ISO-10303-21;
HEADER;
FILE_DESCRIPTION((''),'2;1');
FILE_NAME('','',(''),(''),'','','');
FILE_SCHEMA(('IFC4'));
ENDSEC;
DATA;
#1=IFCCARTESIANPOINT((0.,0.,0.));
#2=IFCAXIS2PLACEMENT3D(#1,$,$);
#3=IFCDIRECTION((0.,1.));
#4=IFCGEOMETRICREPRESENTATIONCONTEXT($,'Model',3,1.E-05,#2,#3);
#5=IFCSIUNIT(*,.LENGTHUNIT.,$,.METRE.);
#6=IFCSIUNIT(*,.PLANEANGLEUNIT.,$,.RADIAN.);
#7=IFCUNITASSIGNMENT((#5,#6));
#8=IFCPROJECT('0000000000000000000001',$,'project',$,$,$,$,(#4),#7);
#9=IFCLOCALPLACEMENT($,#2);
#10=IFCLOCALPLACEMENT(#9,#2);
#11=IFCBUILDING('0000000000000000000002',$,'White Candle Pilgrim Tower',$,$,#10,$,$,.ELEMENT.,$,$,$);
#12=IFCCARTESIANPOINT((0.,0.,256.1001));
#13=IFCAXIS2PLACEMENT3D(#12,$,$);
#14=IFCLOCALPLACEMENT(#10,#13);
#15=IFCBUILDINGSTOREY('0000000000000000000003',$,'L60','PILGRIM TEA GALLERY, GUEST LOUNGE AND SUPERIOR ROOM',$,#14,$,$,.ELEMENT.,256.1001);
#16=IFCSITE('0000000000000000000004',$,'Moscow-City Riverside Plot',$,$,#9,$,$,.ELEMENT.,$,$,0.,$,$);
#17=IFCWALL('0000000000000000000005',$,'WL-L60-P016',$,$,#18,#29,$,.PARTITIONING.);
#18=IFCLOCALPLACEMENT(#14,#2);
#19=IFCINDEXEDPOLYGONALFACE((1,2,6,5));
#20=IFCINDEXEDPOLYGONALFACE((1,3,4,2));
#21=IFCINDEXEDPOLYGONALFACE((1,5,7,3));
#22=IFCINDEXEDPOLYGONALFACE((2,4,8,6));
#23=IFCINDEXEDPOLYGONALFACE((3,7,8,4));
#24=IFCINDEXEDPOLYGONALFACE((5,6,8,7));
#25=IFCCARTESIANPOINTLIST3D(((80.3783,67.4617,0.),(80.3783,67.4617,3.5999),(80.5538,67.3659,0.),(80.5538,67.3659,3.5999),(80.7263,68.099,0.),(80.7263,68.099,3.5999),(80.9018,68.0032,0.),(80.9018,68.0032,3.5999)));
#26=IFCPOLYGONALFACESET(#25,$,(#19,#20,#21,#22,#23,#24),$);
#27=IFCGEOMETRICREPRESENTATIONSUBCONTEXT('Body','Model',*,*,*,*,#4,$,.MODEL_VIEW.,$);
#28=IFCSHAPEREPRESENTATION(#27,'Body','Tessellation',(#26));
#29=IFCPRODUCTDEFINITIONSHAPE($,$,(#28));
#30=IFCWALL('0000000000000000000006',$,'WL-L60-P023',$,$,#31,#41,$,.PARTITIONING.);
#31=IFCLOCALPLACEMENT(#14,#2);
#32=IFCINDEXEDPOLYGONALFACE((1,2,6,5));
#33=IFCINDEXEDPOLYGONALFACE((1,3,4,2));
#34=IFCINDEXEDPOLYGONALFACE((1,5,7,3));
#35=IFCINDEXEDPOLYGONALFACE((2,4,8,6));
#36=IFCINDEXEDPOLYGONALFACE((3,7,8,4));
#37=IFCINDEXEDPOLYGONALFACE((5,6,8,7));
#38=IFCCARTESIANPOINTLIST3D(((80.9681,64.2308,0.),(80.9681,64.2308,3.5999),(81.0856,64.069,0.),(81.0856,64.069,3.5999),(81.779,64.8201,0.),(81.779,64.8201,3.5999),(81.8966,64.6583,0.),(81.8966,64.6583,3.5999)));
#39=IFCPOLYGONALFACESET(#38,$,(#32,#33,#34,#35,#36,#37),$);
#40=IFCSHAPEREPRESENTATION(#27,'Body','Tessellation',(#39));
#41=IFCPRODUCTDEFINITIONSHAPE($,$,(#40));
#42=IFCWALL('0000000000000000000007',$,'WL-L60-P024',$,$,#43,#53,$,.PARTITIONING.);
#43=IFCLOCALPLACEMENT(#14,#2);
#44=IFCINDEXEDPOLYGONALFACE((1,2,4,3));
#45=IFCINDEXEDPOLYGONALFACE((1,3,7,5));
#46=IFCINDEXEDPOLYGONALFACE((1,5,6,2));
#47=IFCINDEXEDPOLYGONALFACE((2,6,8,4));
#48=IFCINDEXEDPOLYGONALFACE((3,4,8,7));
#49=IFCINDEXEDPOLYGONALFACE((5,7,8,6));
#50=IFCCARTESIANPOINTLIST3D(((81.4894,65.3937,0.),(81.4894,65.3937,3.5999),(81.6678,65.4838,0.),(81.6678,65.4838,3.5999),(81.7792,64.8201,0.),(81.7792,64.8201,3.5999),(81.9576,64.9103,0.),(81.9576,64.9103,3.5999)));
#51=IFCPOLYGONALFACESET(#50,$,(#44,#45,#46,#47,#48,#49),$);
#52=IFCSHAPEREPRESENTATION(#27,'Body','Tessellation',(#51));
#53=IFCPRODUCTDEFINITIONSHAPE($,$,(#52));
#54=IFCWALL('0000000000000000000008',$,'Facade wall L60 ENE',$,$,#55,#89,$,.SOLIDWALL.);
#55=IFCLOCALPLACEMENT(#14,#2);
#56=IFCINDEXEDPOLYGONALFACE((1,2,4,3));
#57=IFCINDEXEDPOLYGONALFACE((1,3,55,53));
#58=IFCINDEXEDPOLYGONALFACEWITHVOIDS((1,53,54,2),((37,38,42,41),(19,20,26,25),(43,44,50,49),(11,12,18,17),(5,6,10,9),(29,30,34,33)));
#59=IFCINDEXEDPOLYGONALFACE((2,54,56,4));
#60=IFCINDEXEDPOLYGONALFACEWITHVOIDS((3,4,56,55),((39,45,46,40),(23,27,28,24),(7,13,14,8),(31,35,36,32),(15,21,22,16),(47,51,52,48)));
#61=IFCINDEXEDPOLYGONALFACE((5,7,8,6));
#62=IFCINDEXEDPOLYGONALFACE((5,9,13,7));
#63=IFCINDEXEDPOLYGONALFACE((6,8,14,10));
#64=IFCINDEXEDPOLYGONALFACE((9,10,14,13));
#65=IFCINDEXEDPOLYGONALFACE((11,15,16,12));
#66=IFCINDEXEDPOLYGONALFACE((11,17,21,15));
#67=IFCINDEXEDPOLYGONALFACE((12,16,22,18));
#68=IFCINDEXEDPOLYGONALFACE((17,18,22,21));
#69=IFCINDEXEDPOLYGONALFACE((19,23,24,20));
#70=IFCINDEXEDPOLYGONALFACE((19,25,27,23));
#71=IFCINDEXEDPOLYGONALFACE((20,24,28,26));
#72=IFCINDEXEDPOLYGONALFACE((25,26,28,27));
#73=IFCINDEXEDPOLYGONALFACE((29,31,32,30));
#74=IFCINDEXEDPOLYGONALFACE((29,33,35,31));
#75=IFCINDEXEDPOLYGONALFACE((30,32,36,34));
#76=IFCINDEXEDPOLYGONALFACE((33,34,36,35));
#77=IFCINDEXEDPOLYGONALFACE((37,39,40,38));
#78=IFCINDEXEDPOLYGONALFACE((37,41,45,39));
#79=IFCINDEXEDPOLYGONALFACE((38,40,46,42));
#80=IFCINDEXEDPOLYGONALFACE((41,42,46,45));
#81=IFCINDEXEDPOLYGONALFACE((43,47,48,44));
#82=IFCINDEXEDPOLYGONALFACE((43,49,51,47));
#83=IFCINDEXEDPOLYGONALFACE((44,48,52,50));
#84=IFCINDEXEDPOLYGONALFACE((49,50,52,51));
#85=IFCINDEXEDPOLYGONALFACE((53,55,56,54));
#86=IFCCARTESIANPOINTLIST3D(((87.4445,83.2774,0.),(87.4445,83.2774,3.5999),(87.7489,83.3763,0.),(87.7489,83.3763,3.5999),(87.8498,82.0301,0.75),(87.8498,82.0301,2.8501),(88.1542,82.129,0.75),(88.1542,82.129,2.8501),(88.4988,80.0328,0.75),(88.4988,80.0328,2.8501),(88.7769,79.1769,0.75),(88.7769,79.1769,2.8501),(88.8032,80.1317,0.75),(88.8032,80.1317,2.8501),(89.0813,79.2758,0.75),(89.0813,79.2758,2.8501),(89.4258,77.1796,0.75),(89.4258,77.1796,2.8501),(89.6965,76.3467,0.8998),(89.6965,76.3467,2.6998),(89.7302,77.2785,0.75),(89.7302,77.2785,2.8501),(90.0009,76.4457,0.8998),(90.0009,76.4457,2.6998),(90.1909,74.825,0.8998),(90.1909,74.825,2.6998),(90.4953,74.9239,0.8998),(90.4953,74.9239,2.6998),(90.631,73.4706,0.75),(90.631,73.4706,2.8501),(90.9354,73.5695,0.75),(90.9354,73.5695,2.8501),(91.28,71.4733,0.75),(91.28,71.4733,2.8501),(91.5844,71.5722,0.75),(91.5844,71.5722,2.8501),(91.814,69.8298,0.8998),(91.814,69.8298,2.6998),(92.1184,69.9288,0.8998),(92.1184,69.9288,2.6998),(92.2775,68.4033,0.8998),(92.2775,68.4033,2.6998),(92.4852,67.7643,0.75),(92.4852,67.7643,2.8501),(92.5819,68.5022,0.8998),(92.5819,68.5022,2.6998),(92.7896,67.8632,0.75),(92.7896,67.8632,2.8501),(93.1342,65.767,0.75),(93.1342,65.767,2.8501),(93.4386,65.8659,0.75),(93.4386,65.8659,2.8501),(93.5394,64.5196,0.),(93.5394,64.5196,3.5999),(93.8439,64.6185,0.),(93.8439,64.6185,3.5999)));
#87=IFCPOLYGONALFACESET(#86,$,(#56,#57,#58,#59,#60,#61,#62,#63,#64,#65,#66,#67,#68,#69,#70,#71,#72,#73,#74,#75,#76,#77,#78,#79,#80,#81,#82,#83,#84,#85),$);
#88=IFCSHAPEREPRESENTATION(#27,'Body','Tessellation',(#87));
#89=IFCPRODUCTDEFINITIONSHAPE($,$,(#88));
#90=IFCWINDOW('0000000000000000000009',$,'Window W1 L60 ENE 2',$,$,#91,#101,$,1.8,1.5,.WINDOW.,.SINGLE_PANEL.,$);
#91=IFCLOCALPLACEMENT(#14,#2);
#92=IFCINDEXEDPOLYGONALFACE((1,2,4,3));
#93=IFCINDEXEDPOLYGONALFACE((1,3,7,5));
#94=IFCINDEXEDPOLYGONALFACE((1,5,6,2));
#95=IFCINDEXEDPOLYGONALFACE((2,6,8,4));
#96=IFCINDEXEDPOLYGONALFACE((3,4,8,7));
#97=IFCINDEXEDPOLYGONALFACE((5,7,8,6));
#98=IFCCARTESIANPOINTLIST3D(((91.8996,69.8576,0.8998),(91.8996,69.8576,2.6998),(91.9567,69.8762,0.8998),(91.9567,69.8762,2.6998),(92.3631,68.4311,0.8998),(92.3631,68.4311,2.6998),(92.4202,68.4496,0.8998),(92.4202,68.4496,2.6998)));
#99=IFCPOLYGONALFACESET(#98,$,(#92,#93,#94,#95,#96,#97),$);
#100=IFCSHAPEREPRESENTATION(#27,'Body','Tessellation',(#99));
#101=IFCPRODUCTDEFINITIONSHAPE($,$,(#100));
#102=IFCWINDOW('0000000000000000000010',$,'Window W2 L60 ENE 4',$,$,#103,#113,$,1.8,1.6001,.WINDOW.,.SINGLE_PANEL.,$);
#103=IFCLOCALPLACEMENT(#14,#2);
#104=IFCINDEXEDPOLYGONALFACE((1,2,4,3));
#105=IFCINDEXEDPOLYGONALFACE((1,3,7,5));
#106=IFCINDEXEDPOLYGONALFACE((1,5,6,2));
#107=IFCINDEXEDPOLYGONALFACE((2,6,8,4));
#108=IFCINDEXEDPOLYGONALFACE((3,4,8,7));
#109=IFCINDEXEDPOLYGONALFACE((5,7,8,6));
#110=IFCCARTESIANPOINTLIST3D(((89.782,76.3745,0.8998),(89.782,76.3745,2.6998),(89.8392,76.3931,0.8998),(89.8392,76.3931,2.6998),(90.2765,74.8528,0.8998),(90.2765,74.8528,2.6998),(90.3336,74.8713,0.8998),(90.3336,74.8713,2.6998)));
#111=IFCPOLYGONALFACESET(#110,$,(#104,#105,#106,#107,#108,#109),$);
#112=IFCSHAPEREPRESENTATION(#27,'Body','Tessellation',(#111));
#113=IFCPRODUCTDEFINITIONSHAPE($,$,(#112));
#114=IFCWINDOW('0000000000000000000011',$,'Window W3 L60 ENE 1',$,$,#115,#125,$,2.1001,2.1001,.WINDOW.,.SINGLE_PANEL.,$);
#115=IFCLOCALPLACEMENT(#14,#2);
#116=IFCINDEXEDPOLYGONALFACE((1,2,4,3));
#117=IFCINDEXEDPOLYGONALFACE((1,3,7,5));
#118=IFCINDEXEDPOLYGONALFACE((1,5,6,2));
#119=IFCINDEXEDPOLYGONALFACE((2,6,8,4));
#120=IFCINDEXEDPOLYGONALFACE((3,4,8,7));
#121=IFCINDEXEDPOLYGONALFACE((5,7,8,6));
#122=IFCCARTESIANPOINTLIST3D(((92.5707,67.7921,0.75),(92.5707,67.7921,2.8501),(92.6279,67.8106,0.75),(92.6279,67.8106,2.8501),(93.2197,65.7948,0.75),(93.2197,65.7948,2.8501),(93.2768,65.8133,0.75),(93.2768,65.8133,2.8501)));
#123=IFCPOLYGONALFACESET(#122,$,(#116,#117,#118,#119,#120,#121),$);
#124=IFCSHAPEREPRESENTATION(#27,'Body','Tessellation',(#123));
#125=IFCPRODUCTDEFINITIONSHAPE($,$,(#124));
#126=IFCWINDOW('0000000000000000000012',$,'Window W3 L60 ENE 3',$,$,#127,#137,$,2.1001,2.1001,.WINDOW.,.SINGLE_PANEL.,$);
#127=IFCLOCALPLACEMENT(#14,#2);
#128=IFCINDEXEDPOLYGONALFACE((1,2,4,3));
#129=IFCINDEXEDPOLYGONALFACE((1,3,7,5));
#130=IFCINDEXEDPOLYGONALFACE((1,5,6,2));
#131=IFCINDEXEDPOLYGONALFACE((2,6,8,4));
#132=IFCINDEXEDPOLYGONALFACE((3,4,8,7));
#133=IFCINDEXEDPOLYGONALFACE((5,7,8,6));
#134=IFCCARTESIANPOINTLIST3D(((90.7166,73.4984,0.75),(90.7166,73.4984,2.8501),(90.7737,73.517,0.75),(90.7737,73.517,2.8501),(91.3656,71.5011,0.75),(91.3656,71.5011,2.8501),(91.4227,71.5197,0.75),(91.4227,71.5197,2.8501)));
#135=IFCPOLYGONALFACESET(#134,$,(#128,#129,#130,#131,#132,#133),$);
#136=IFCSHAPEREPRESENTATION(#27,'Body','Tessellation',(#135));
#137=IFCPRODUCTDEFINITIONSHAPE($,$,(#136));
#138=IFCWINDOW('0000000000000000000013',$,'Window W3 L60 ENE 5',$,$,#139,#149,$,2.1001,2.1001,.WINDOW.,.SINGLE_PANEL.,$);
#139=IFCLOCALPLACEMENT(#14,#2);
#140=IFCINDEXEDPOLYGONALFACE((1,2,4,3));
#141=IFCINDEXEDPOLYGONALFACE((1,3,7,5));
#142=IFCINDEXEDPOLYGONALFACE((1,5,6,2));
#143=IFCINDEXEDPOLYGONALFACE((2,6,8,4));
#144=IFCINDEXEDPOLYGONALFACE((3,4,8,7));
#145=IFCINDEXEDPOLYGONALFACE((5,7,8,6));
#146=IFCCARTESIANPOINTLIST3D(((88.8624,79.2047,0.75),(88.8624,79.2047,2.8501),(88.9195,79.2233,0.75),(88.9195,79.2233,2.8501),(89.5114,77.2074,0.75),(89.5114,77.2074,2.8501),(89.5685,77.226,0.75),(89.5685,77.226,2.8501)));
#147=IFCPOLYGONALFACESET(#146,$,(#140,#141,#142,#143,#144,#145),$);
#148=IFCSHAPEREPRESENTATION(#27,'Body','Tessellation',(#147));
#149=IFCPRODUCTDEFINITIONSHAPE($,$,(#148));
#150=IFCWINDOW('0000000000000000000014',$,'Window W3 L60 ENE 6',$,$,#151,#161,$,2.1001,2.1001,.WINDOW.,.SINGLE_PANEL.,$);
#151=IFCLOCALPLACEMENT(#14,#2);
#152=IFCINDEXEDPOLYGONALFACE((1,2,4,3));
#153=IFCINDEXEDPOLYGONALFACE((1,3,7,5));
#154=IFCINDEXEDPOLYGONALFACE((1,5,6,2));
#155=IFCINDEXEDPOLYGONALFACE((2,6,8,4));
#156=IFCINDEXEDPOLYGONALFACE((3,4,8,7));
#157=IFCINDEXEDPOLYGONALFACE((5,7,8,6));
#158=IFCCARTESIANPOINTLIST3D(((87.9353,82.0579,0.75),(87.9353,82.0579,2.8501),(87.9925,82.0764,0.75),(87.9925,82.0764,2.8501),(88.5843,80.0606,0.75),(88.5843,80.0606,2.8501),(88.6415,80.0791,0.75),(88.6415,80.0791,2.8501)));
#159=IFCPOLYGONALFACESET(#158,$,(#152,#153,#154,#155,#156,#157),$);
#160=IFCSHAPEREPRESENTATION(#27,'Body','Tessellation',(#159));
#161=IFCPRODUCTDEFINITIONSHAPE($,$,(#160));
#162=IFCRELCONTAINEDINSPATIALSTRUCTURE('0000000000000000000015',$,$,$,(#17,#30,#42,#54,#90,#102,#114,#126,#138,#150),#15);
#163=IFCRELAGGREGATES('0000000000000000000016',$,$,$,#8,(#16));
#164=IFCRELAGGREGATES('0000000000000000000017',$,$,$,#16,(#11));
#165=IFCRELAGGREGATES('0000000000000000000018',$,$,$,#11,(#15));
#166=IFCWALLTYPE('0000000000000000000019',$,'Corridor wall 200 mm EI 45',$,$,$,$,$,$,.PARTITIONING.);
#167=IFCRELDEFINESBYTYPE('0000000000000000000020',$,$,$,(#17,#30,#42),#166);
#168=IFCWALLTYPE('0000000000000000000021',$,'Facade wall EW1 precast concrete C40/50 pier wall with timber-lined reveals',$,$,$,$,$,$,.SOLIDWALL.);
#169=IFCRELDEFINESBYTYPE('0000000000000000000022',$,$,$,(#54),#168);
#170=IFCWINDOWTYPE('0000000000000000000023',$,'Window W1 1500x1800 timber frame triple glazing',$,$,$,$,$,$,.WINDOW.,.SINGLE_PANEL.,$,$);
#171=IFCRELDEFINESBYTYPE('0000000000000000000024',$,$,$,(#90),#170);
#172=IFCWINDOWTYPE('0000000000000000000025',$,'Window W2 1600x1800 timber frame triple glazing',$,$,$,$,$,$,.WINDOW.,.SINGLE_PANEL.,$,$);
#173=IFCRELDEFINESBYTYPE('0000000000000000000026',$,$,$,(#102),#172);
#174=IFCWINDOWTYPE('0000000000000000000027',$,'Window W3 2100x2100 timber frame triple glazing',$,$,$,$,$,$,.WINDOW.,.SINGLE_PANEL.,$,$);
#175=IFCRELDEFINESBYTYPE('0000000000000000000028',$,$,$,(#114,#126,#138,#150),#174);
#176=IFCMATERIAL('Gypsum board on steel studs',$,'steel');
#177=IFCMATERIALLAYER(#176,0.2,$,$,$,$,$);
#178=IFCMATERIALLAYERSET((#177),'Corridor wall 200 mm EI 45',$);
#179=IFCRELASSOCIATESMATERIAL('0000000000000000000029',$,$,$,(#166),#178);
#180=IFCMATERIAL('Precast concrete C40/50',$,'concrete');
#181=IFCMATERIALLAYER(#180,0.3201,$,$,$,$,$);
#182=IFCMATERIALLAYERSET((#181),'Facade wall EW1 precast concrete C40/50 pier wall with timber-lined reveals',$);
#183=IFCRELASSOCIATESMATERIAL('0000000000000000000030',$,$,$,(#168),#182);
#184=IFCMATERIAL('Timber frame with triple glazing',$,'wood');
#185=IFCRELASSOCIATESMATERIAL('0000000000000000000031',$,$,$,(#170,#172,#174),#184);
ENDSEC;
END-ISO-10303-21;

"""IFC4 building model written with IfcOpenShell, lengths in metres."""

from ifc_helpers import new_model, si_unit, direction, frame, frame_2d, origin, place, context, subcontext, project, spatial, rectangle, extrude, material, layer, layer_set, type_object, element, fill, save


model = new_model("IFC4")

# Units and contexts
model_context = context("Model", 3, precision=1e-05, world=origin(), true_north=direction((0.0, 1.0)))
body_context = subcontext(model_context, "Body", "Model", "MODEL_VIEW")
ifc_project = project(units=[si_unit("LENGTHUNIT", "METRE"), si_unit("PLANEANGLEUNIT", "RADIAN")], contexts=[model_context])

# Site, building, storey
site_placement = place(None, origin())
site = spatial("IfcSite", under=ifc_project, at=site_placement, Name="Moscow-City Riverside Plot", CompositionType="ELEMENT", RefElevation=0.0)
building_placement = place(site_placement, origin())
building = spatial("IfcBuilding", under=site, at=building_placement, Name="White Candle Pilgrim Tower", CompositionType="ELEMENT")
storey_placement = place(building_placement, frame((0.0, 0.0, 256.1001)))
storey = spatial("IfcBuildingStorey", under=building, at=storey_placement, Name="L60", Description="PILGRIM TEA GALLERY, GUEST LOUNGE AND SUPERIOR ROOM", CompositionType="ELEMENT", Elevation=256.1001)

# Shared definitions
ifc_material_1 = material(Name="Gypsum board on steel studs", Category="steel")
ifc_layer_1 = layer(ifc_material_1, 0.2)
ifc_layer_set_1 = layer_set([ifc_layer_1], Name="Corridor wall 200 mm EI 45")
wall_type_1 = type_object("IfcWallType", Name="Corridor wall 200 mm EI 45", PredefinedType="PARTITIONING", material=ifc_layer_set_1)

# Walls
wall_1_placement = place(storey_placement, frame((80.4661, 67.4138, 0.0), z_axis=(0.0, 0.0, 1.0), x_axis=(0.479206, 0.877703, 0.0)))
element("IfcWall", 1, at=wall_1_placement, inside=storey, type_object=wall_type_1, Name="WL-L60-P016", PredefinedType="PARTITIONING", context=body_context, shape_type="SweptSolid", body=[
    extrude(rectangle(XDim=0.7261, YDim=0.2, at=frame_2d((0.363, 0.0))), origin(), (0.0, 0.0, 1.0), 3.5999),
])
wall_2_placement = place(storey_placement, frame((81.0269, 64.1499, 0.0), z_axis=(0.0, 0.0, 1.0), x_axis=(0.808968, 0.587853, 0.0)))
element("IfcWall", 2, at=wall_2_placement, inside=storey, type_object=wall_type_1, Name="WL-L60-P023", PredefinedType="PARTITIONING", context=body_context, shape_type="SweptSolid", body=[
    extrude(rectangle(XDim=1.0024, YDim=0.2, at=frame_2d((0.5012, 0.0))), origin(), (0.0, 0.0, 1.0), 3.5999),
])
wall_3_placement = place(storey_placement, frame((81.8684, 64.8652, 0.0), z_axis=(0.0, 0.0, 1.0), x_axis=(-0.451009, 0.892519, 0.0)))
element("IfcWall", 3, at=wall_3_placement, inside=storey, type_object=wall_type_1, Name="WL-L60-P024", PredefinedType="PARTITIONING", context=body_context, shape_type="SweptSolid", body=[
    extrude(rectangle(XDim=0.6426, YDim=0.2, at=frame_2d((0.3213, 0.0))), origin(), (0.0, 0.0, 1.0), 3.5999),
])

# Wall, openings, windows
ifc_material_2 = material(Name="Precast concrete C40/50", Category="concrete")
ifc_layer_2 = layer(ifc_material_2, 0.3201)
ifc_layer_set_2 = layer_set([ifc_layer_2], Name="Facade wall EW1 precast concrete C40/50 pier wall with timber-lined reveals")
wall_type_2 = type_object("IfcWallType", Name="Facade wall EW1 precast concrete C40/50 pier wall with timber-lined reveals", PredefinedType="SOLIDWALL", material=ifc_layer_set_2)
wall_4_placement = place(storey_placement, frame((93.6917, 64.5691, 0.0), z_axis=(0.0, 0.0, 1.0), x_axis=(-0.309026, 0.951054, 0.0)))
wall_4 = element("IfcWall", 4, at=wall_4_placement, inside=storey, type_object=wall_type_2, Name="Facade wall L60 ENE", PredefinedType="SOLIDWALL", context=body_context, shape_type="SweptSolid", body=[
    extrude(rectangle(XDim=19.7231, YDim=0.3201, at=frame_2d((9.8616, 0.0))), origin(), (0.0, 0.0, 1.0), 3.5999),
])
opening_1_placement = place(wall_4_placement, frame((1.3115, 0.0, 0.75)))
opening_1 = element("IfcOpeningElement", 5, at=opening_1_placement, cuts=wall_4, PredefinedType="OPENING", context=body_context, shape_type="SweptSolid", body=[
    extrude(rectangle(XDim=2.1001, YDim=2.1001, at=frame_2d((1.05, 1.05))), frame((0.0, 0.1699, 0.0), z_axis=(0.0, -1.0, 0.0), x_axis=(1.0, 0.0, 0.0)), (0.0, 0.0, 1.0), 0.3401),
])
opening_2_placement = place(wall_4_placement, frame((4.0835, 0.0, 0.8999)))
opening_2 = element("IfcOpeningElement", 6, at=opening_2_placement, cuts=wall_4, PredefinedType="OPENING", context=body_context, shape_type="SweptSolid", body=[
    extrude(rectangle(XDim=1.5, YDim=1.8, at=frame_2d((0.75, 0.8999))), frame((0.0, 0.1699, 0.0), z_axis=(0.0, -1.0, 0.0), x_axis=(1.0, 0.0, 0.0)), (0.0, 0.0, 1.0), 0.3401),
])
opening_3_placement = place(wall_4_placement, frame((7.3115, 0.0, 0.75)))
opening_3 = element("IfcOpeningElement", 7, at=opening_3_placement, cuts=wall_4, PredefinedType="OPENING", context=body_context, shape_type="SweptSolid", body=[
    extrude(rectangle(XDim=2.1001, YDim=2.1001, at=frame_2d((1.05, 1.05))), frame((0.0, 0.1699, 0.0), z_axis=(0.0, -1.0, 0.0), x_axis=(1.0, 0.0, 0.0)), (0.0, 0.0, 1.0), 0.3401),
])
opening_4_placement = place(wall_4_placement, frame((10.8357, 0.0, 0.8999)))
opening_4 = element("IfcOpeningElement", 8, at=opening_4_placement, cuts=wall_4, PredefinedType="OPENING", context=body_context, shape_type="SweptSolid", body=[
    extrude(rectangle(XDim=1.6001, YDim=1.8, at=frame_2d((0.8, 0.8999))), frame((0.0, 0.1699, 0.0), z_axis=(0.0, -1.0, 0.0), x_axis=(1.0, 0.0, 0.0)), (0.0, 0.0, 1.0), 0.3401),
])
opening_5_placement = place(wall_4_placement, frame((13.3115, 0.0, 0.75)))
opening_5 = element("IfcOpeningElement", 9, at=opening_5_placement, cuts=wall_4, PredefinedType="OPENING", context=body_context, shape_type="SweptSolid", body=[
    extrude(rectangle(XDim=2.1001, YDim=2.1001, at=frame_2d((1.05, 1.05))), frame((0.0, 0.1699, 0.0), z_axis=(0.0, -1.0, 0.0), x_axis=(1.0, 0.0, 0.0)), (0.0, 0.0, 1.0), 0.3401),
])
opening_6_placement = place(wall_4_placement, frame((16.3115, 0.0, 0.75)))
opening_6 = element("IfcOpeningElement", 10, at=opening_6_placement, cuts=wall_4, PredefinedType="OPENING", context=body_context, shape_type="SweptSolid", body=[
    extrude(rectangle(XDim=2.1001, YDim=2.1001, at=frame_2d((1.05, 1.05))), frame((0.0, 0.1699, 0.0), z_axis=(0.0, -1.0, 0.0), x_axis=(1.0, 0.0, 0.0)), (0.0, 0.0, 1.0), 0.3401),
])
ifc_material_3 = material(Name="Timber frame with triple glazing", Category="wood")
window_type_1 = type_object("IfcWindowType", Name="Window W1 1500x1800 timber frame triple glazing", PartitioningType="SINGLE_PANEL", PredefinedType="WINDOW", material=ifc_material_3)
window_1_placement = place(opening_2_placement, origin())
window_1 = element("IfcWindow", 11, at=window_1_placement, inside=storey, type_object=window_type_1, Name="Window W1 L60 ENE 2", OverallHeight=1.8, OverallWidth=1.5, PartitioningType="SINGLE_PANEL", PredefinedType="WINDOW", context=body_context, shape_type="SweptSolid", body=[
    extrude(rectangle(XDim=1.5, YDim=1.8, at=frame_2d((0.75, 0.8999))), frame((0.0, 0.0701, 0.0), z_axis=(0.0, -1.0, 0.0), x_axis=(1.0, 0.0, 0.0)), (0.0, 0.0, 1.0), 0.0601),
])
fill(opening_2, window_1)
window_type_2 = type_object("IfcWindowType", Name="Window W2 1600x1800 timber frame triple glazing", PartitioningType="SINGLE_PANEL", PredefinedType="WINDOW", material=ifc_material_3)
window_2_placement = place(opening_4_placement, origin())
window_2 = element("IfcWindow", 12, at=window_2_placement, inside=storey, type_object=window_type_2, Name="Window W2 L60 ENE 4", OverallHeight=1.8, OverallWidth=1.6001, PartitioningType="SINGLE_PANEL", PredefinedType="WINDOW", context=body_context, shape_type="SweptSolid", body=[
    extrude(rectangle(XDim=1.6001, YDim=1.8, at=frame_2d((0.8, 0.8999))), frame((0.0, 0.0701, 0.0), z_axis=(0.0, -1.0, 0.0), x_axis=(1.0, 0.0, 0.0)), (0.0, 0.0, 1.0), 0.0601),
])
fill(opening_4, window_2)
window_type_3 = type_object("IfcWindowType", Name="Window W3 2100x2100 timber frame triple glazing", PartitioningType="SINGLE_PANEL", PredefinedType="WINDOW", material=ifc_material_3)
window_3_placement = place(opening_1_placement, origin())
window_3 = element("IfcWindow", 13, at=window_3_placement, inside=storey, type_object=window_type_3, Name="Window W3 L60 ENE 1", OverallHeight=2.1001, OverallWidth=2.1001, PartitioningType="SINGLE_PANEL", PredefinedType="WINDOW", context=body_context, shape_type="SweptSolid", body=[
    extrude(rectangle(XDim=2.1001, YDim=2.1001, at=frame_2d((1.05, 1.05))), frame((0.0, 0.0701, 0.0), z_axis=(0.0, -1.0, 0.0), x_axis=(1.0, 0.0, 0.0)), (0.0, 0.0, 1.0), 0.0601),
])
fill(opening_1, window_3)
window_4_placement = place(opening_3_placement, origin())
window_4 = element("IfcWindow", 14, at=window_4_placement, inside=storey, type_object=window_type_3, Name="Window W3 L60 ENE 3", OverallHeight=2.1001, OverallWidth=2.1001, PartitioningType="SINGLE_PANEL", PredefinedType="WINDOW", context=body_context, shape_type="SweptSolid", body=[
    extrude(rectangle(XDim=2.1001, YDim=2.1001, at=frame_2d((1.05, 1.05))), frame((0.0, 0.0701, 0.0), z_axis=(0.0, -1.0, 0.0), x_axis=(1.0, 0.0, 0.0)), (0.0, 0.0, 1.0), 0.0601),
])
fill(opening_3, window_4)
window_5_placement = place(opening_5_placement, origin())
window_5 = element("IfcWindow", 15, at=window_5_placement, inside=storey, type_object=window_type_3, Name="Window W3 L60 ENE 5", OverallHeight=2.1001, OverallWidth=2.1001, PartitioningType="SINGLE_PANEL", PredefinedType="WINDOW", context=body_context, shape_type="SweptSolid", body=[
    extrude(rectangle(XDim=2.1001, YDim=2.1001, at=frame_2d((1.05, 1.05))), frame((0.0, 0.0701, 0.0), z_axis=(0.0, -1.0, 0.0), x_axis=(1.0, 0.0, 0.0)), (0.0, 0.0, 1.0), 0.0601),
])
fill(opening_5, window_5)
window_6_placement = place(opening_6_placement, origin())
window_6 = element("IfcWindow", 16, at=window_6_placement, inside=storey, type_object=window_type_3, Name="Window W3 L60 ENE 6", OverallHeight=2.1001, OverallWidth=2.1001, PartitioningType="SINGLE_PANEL", PredefinedType="WINDOW", context=body_context, shape_type="SweptSolid", body=[
    extrude(rectangle(XDim=2.1001, YDim=2.1001, at=frame_2d((1.05, 1.05))), frame((0.0, 0.0701, 0.0), z_axis=(0.0, -1.0, 0.0), x_axis=(1.0, 0.0, 0.0)), (0.0, 0.0, 1.0), 0.0601),
])
fill(opening_6, window_6)

save(model, "model.ifc")
